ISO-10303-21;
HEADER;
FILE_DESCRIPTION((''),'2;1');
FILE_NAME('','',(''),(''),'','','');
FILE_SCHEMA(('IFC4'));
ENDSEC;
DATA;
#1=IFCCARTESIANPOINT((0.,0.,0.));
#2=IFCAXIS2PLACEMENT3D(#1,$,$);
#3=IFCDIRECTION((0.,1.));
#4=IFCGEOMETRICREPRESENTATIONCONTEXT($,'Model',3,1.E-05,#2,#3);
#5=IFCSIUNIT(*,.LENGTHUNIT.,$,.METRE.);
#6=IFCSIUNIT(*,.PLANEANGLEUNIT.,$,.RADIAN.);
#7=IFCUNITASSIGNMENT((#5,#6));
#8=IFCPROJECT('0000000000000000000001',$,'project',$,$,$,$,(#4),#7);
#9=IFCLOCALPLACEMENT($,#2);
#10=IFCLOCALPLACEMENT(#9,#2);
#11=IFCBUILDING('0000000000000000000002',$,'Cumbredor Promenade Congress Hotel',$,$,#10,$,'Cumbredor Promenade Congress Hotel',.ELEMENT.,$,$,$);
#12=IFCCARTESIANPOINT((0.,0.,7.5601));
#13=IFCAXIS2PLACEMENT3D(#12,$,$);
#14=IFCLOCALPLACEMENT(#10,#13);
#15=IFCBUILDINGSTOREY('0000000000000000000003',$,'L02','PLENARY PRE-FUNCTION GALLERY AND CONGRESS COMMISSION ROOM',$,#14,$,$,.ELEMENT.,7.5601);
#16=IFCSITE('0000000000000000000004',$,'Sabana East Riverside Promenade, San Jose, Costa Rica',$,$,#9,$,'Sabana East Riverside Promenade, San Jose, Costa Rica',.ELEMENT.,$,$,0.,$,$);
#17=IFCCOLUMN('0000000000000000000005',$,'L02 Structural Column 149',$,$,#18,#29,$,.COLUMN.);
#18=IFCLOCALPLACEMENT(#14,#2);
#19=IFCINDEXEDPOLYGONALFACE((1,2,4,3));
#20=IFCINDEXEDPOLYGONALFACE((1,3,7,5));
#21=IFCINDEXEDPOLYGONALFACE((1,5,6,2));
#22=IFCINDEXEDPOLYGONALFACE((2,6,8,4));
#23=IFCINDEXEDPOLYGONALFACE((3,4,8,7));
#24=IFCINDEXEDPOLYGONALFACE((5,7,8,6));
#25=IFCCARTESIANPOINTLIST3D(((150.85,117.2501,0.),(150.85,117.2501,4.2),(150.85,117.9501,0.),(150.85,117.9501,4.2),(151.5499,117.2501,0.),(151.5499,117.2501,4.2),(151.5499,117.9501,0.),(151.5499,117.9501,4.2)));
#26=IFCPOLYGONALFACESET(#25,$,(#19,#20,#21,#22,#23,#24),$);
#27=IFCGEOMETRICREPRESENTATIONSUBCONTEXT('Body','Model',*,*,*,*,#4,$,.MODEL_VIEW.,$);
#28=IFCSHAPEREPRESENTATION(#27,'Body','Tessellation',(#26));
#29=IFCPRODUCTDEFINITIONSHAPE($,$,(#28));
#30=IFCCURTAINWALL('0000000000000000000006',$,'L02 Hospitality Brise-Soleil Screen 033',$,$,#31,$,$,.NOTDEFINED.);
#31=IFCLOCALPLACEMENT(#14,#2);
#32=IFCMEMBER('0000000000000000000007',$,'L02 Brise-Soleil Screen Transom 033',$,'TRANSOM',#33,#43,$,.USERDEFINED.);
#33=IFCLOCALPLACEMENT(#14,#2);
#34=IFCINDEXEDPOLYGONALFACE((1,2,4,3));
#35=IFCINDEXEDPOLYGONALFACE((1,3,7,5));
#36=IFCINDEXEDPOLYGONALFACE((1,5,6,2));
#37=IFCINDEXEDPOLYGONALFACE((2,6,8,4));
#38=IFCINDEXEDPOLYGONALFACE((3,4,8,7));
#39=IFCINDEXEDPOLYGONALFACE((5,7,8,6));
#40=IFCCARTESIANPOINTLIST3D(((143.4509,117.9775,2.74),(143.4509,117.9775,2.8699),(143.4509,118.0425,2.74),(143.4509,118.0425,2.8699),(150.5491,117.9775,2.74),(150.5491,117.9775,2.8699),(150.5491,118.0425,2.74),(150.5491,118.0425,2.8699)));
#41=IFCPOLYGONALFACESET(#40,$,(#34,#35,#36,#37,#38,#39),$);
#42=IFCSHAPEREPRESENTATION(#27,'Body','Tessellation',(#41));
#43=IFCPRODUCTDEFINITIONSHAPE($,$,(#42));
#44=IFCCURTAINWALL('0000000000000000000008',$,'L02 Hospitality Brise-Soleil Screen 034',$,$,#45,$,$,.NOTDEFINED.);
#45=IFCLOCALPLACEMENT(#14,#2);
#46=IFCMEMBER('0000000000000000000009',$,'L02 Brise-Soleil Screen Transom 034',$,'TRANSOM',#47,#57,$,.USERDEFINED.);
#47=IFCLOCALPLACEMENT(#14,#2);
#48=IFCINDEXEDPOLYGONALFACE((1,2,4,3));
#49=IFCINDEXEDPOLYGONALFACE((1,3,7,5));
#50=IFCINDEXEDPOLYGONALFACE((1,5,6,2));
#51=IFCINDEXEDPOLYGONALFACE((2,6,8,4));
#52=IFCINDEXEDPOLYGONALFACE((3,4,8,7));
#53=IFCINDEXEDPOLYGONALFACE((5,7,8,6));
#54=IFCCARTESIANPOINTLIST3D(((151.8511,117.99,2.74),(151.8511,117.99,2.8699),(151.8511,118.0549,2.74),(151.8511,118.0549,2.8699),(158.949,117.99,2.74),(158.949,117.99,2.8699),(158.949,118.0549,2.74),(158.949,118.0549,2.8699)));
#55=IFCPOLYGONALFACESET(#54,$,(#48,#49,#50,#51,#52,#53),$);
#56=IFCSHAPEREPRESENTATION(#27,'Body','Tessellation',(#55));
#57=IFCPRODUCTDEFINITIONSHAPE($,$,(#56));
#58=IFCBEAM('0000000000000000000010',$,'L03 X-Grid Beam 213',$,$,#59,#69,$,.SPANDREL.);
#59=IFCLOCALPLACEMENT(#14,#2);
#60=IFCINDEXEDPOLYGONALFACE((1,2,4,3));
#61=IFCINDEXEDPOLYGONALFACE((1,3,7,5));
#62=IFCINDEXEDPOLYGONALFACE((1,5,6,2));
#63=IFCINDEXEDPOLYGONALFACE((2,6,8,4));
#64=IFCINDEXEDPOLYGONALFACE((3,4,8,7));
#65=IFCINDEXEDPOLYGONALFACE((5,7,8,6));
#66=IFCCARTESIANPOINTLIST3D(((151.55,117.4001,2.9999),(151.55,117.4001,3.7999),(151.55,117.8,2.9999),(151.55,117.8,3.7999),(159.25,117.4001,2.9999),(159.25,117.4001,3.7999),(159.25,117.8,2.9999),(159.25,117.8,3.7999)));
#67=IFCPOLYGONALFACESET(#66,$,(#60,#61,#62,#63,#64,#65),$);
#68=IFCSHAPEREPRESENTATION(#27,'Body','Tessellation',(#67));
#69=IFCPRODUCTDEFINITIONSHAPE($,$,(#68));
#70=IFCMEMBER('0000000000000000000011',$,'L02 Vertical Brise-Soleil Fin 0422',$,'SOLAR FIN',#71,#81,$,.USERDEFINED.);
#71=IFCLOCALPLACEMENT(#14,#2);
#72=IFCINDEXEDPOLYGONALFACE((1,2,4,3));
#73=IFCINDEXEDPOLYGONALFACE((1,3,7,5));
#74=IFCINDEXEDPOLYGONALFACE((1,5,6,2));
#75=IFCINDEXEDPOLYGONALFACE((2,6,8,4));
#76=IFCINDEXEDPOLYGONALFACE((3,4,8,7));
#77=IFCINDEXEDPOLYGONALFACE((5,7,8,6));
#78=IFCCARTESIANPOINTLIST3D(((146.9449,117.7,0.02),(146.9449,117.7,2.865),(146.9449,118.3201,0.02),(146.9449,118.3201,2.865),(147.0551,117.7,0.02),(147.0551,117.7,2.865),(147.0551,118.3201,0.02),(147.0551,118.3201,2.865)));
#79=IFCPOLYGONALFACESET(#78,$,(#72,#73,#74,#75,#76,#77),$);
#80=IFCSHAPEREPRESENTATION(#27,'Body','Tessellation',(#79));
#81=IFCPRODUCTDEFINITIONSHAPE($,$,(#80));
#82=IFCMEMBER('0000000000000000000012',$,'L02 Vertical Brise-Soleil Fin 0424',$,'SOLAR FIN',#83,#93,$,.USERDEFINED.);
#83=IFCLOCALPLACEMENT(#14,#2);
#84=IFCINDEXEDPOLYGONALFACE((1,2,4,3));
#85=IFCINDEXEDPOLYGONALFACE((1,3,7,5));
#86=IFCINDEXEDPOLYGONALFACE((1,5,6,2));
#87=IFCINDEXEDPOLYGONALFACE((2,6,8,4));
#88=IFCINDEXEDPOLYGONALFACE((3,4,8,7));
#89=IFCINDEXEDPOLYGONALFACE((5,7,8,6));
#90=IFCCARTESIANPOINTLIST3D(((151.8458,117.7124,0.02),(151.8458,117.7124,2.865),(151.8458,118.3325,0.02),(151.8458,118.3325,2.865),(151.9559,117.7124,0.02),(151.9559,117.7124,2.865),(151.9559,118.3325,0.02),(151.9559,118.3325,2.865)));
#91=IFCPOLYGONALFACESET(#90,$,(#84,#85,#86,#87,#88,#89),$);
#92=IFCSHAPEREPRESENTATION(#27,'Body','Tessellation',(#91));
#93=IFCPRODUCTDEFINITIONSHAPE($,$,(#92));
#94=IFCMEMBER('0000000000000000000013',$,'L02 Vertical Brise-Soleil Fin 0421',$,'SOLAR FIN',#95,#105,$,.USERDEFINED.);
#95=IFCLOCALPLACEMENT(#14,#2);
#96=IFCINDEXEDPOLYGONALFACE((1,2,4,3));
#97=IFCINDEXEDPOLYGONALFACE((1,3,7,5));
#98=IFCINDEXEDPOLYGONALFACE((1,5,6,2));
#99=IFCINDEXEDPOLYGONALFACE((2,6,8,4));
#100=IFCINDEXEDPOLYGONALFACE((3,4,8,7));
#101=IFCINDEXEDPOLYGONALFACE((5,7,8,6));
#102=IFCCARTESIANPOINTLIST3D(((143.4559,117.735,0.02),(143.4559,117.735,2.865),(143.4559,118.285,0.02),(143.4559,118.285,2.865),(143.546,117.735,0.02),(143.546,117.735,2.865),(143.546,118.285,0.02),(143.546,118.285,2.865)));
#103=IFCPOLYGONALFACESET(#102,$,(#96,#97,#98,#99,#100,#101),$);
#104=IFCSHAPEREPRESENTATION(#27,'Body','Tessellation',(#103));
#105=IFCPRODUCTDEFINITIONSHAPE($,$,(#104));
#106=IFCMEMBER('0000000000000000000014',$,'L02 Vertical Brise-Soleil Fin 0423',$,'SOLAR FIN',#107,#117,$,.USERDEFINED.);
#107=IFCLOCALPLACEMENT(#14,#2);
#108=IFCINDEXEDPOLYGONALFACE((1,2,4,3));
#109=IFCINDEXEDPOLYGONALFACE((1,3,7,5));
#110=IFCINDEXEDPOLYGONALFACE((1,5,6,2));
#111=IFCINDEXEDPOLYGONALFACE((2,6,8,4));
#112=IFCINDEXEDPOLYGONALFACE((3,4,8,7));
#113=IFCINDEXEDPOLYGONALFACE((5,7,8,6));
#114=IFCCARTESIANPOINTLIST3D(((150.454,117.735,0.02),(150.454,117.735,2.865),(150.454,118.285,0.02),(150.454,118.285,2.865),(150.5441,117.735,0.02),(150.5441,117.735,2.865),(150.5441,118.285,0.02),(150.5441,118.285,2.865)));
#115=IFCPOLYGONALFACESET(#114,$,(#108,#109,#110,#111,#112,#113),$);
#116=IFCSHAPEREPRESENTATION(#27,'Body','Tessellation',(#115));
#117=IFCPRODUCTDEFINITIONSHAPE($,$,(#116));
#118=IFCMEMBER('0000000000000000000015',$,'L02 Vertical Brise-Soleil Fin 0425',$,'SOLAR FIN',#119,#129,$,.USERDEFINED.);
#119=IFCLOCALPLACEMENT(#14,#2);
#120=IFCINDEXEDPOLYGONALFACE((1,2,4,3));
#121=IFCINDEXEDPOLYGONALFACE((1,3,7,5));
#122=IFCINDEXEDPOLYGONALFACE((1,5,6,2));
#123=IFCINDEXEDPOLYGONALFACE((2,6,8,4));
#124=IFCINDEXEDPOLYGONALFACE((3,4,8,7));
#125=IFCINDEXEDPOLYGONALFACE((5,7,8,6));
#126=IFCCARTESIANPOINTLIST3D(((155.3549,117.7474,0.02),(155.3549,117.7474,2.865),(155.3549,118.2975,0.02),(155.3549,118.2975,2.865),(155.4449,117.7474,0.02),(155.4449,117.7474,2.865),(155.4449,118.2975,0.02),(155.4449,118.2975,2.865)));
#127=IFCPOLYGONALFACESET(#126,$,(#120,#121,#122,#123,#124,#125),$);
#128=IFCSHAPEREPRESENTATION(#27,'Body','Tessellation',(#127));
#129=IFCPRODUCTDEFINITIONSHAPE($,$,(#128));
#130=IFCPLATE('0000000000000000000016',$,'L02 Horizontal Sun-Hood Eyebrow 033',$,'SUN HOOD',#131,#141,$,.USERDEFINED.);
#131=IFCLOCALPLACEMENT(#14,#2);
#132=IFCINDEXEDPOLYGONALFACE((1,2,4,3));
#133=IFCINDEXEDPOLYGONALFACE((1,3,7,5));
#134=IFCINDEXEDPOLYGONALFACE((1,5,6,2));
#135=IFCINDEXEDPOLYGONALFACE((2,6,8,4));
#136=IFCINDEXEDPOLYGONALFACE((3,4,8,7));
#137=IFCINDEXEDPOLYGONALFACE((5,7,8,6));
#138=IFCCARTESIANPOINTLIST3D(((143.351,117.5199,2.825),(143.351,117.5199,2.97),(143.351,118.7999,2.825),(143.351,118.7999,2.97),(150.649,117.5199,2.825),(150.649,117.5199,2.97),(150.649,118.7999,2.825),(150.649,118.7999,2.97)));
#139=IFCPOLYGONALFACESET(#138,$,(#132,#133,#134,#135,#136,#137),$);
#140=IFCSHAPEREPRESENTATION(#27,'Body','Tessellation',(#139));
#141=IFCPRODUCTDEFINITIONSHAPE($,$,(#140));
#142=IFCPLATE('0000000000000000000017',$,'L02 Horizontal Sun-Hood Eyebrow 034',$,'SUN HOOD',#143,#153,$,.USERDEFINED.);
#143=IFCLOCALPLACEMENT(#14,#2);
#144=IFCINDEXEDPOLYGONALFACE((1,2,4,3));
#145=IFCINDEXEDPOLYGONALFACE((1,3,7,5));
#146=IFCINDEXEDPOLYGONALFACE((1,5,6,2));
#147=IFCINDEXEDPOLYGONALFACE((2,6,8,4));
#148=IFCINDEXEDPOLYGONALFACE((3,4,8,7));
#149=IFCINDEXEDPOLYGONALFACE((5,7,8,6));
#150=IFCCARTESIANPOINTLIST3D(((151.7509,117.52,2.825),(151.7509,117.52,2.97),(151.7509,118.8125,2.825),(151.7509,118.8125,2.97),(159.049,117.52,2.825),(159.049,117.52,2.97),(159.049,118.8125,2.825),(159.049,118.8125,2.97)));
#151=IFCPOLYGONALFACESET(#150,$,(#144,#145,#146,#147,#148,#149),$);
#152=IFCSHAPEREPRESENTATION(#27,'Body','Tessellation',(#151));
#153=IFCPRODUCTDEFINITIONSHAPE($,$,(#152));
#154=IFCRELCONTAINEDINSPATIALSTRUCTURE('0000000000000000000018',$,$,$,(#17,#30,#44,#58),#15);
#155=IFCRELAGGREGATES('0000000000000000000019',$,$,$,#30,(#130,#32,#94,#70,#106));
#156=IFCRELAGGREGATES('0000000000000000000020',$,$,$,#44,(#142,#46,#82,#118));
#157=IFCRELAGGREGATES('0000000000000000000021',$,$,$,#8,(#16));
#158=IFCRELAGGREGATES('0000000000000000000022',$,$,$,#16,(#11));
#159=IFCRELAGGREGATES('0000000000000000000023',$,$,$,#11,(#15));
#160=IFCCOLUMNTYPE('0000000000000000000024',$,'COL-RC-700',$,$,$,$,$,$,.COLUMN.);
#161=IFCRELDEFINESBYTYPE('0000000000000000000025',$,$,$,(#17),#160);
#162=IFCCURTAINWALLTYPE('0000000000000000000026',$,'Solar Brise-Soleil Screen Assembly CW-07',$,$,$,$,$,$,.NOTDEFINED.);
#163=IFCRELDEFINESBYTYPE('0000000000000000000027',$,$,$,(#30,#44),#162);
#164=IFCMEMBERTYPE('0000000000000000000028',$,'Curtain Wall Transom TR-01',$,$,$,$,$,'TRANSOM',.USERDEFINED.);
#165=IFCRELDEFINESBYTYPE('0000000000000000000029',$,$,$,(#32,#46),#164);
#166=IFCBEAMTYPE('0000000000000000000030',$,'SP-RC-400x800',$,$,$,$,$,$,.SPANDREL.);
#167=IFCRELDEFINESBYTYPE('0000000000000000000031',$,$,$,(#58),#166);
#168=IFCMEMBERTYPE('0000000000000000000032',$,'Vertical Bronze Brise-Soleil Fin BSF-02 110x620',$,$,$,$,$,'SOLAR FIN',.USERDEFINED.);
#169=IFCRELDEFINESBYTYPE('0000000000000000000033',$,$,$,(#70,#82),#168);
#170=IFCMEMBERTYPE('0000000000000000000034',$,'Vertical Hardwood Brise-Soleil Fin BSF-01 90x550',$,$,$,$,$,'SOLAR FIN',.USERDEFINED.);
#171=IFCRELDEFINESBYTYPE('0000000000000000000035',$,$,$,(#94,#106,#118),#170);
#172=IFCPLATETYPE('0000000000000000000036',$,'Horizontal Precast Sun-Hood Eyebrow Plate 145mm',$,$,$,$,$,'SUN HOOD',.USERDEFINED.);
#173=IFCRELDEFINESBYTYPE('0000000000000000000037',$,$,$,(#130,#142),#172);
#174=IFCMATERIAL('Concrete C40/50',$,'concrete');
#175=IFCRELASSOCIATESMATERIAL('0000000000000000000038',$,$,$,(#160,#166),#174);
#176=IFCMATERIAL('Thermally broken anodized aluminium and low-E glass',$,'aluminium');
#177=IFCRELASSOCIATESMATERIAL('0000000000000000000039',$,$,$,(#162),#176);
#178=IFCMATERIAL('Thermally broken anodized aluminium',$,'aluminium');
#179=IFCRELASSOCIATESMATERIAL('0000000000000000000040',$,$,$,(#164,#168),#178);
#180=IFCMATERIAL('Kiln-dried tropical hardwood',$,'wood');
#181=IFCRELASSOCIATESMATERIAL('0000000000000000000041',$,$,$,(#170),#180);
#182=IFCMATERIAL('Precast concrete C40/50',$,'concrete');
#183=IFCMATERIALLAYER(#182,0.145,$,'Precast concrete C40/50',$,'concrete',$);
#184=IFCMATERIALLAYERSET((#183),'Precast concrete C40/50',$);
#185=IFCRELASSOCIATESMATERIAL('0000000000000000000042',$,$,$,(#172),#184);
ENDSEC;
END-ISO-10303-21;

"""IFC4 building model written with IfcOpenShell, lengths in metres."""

from ifc_helpers import new_model, si_unit, direction, frame, origin, origin_2d, place, context, subcontext, project, spatial, rectangle, extrude, material, layer, layer_set, material_profile, profile_set, type_object, element, aggregate, save


model = new_model("IFC4")

# Units and contexts
model_context = context("Model", 3, precision=1e-05, world=origin(), true_north=direction((0.0, 1.0)))
body_context = subcontext(model_context, "Body", "Model", "MODEL_VIEW")
ifc_project = project(units=[si_unit("LENGTHUNIT", "METRE"), si_unit("PLANEANGLEUNIT", "RADIAN")], contexts=[model_context])

# Site, building, storey
site_placement = place(None, origin())
site = spatial("IfcSite", under=ifc_project, at=site_placement, Name="Sabana East Riverside Promenade, San Jose, Costa Rica", LongName="Sabana East Riverside Promenade, San Jose, Costa Rica", CompositionType="ELEMENT", RefElevation=0.0)
building_placement = place(site_placement, origin())
building = spatial("IfcBuilding", under=site, at=building_placement, Name="Cumbredor Promenade Congress Hotel", LongName="Cumbredor Promenade Congress Hotel", CompositionType="ELEMENT")
storey_placement = place(building_placement, frame((0.0, 0.0, 7.5601)))
storey = spatial("IfcBuildingStorey", under=building, at=storey_placement, Name="L02", Description="PLENARY PRE-FUNCTION GALLERY AND CONGRESS COMMISSION ROOM", CompositionType="ELEMENT", Elevation=7.5601)

# Column
ifc_material_1 = material(Name="Concrete C40/50", Category="concrete")
ifc_material_profile_1 = material_profile(ifc_material_1, rectangle(XDim=0.7, YDim=0.7, at=origin_2d()), Name="RC 700x700")
ifc_profile_set_1 = profile_set([ifc_material_profile_1], Name="Concrete C40/50")
column_type = type_object("IfcColumnType", Name="COL-RC-700", PredefinedType="COLUMN", material=ifc_profile_set_1)
column_placement = place(storey_placement, frame((151.2, 117.6001, 0.0), z_axis=(0.0, 0.0, 1.0), x_axis=(1.0, 0.0, 0.0)))
element("IfcColumn", 1, at=column_placement, inside=storey, type_object=column_type, Name="L02 Structural Column 149", PredefinedType="COLUMN", context=body_context, shape_type="SweptSolid", body=[
    extrude(rectangle(XDim=0.7, YDim=0.7, at=origin_2d()), origin(), (0.0, 0.0, 1.0), 4.2),
])

# Curtain walls, members
ifc_material_2 = material(Name="Thermally broken anodized aluminium and low-E glass", Category="aluminium")
curtain_wall_type = type_object("IfcCurtainWallType", Name="Solar Brise-Soleil Screen Assembly CW-07", PredefinedType="NOTDEFINED", material=ifc_material_2)
curtain_wall_1_placement = place(storey_placement, origin())
curtain_wall_1 = element("IfcCurtainWall", 2, at=curtain_wall_1_placement, inside=storey, type_object=curtain_wall_type, Name="L02 Hospitality Brise-Soleil Screen 033", PredefinedType="NOTDEFINED")
ifc_material_3 = material(Name="Thermally broken anodized aluminium", Category="aluminium")
ifc_material_profile_2 = material_profile(ifc_material_3, rectangle(XDim=0.0649, YDim=0.1299, at=origin_2d()), Name="ALU TRANSOM 65x130")
ifc_profile_set_2 = profile_set([ifc_material_profile_2], Name="Thermally broken anodized aluminium")
member_type_1 = type_object("IfcMemberType", Name="Curtain Wall Transom TR-01", ElementType="TRANSOM", PredefinedType="USERDEFINED", material=ifc_profile_set_2)
member_1_placement = place(storey_placement, frame((143.4509, 118.01, 2.8049), z_axis=(1.0, 0.0, 0.0), x_axis=(0.0, 1.0, 0.0)))
member_1 = element("IfcMember", 3, at=member_1_placement, type_object=member_type_1, Name="L02 Brise-Soleil Screen Transom 033", ObjectType="TRANSOM", PredefinedType="USERDEFINED", context=body_context, shape_type="SweptSolid", body=[
    extrude(rectangle(XDim=0.0649, YDim=0.1299, at=origin_2d()), origin(), (0.0, 0.0, 1.0), 7.0981),
])
curtain_wall_2_placement = place(storey_placement, origin())
curtain_wall_2 = element("IfcCurtainWall", 4, at=curtain_wall_2_placement, inside=storey, type_object=curtain_wall_type, Name="L02 Hospitality Brise-Soleil Screen 034", PredefinedType="NOTDEFINED")
member_2_placement = place(storey_placement, frame((151.8511, 118.0225, 2.8049), z_axis=(1.0, 0.0, 0.0), x_axis=(0.0, 1.0, 0.0)))
member_2 = element("IfcMember", 5, at=member_2_placement, type_object=member_type_1, Name="L02 Brise-Soleil Screen Transom 034", ObjectType="TRANSOM", PredefinedType="USERDEFINED", context=body_context, shape_type="SweptSolid", body=[
    extrude(rectangle(XDim=0.0649, YDim=0.1299, at=origin_2d()), origin(), (0.0, 0.0, 1.0), 7.0979),
])

# Beam
ifc_material_profile_3 = material_profile(ifc_material_1, rectangle(XDim=0.3999, YDim=0.8, at=origin_2d()), Name="RC SPANDREL 400x800")
ifc_profile_set_3 = profile_set([ifc_material_profile_3], Name="Concrete C40/50")
beam_type = type_object("IfcBeamType", Name="SP-RC-400x800", PredefinedType="SPANDREL", material=ifc_profile_set_3)
beam_placement = place(storey_placement, frame((151.55, 117.6001, 3.3999), z_axis=(1.0, 0.0, 0.0), x_axis=(0.0, 1.0, 0.0)))
element("IfcBeam", 6, at=beam_placement, inside=storey, type_object=beam_type, Name="L03 X-Grid Beam 213", PredefinedType="SPANDREL", context=body_context, shape_type="SweptSolid", body=[
    extrude(rectangle(XDim=0.3999, YDim=0.8, at=origin_2d()), origin(), (0.0, 0.0, 1.0), 7.7),
])

# Members
ifc_material_profile_4 = material_profile(ifc_material_3, rectangle(XDim=0.1101, YDim=0.6201, at=origin_2d()), Name="ARCH FIN 110x620")
ifc_profile_set_4 = profile_set([ifc_material_profile_4], Name="Thermally broken anodized aluminium")
member_type_2 = type_object("IfcMemberType", Name="Vertical Bronze Brise-Soleil Fin BSF-02 110x620", ElementType="SOLAR FIN", PredefinedType="USERDEFINED", material=ifc_profile_set_4)
member_3_placement = place(storey_placement, frame((147.0, 118.01, 0.02), z_axis=(0.0, 0.0, 1.0), x_axis=(1.0, 0.0, 0.0)))
member_3 = element("IfcMember", 7, at=member_3_placement, type_object=member_type_2, Name="L02 Vertical Brise-Soleil Fin 0422", ObjectType="SOLAR FIN", PredefinedType="USERDEFINED", context=body_context, shape_type="SweptSolid", body=[
    extrude(rectangle(XDim=0.1101, YDim=0.6201, at=origin_2d()), origin(), (0.0, 0.0, 1.0), 2.845),
])
member_4_placement = place(storey_placement, frame((151.9009, 118.0225, 0.02), z_axis=(0.0, 0.0, 1.0), x_axis=(1.0, 0.0, 0.0)))
member_4 = element("IfcMember", 8, at=member_4_placement, type_object=member_type_2, Name="L02 Vertical Brise-Soleil Fin 0424", ObjectType="SOLAR FIN", PredefinedType="USERDEFINED", context=body_context, shape_type="SweptSolid", body=[
    extrude(rectangle(XDim=0.1101, YDim=0.6201, at=origin_2d()), origin(), (0.0, 0.0, 1.0), 2.845),
])
ifc_material_4 = material(Name="Kiln-dried tropical hardwood", Category="wood")
ifc_material_profile_5 = material_profile(ifc_material_4, rectangle(XDim=0.0901, YDim=0.55, at=origin_2d()), Name="ARCH FIN 90x550")
ifc_profile_set_5 = profile_set([ifc_material_profile_5], Name="Kiln-dried tropical hardwood")
member_type_3 = type_object("IfcMemberType", Name="Vertical Hardwood Brise-Soleil Fin BSF-01 90x550", ElementType="SOLAR FIN", PredefinedType="USERDEFINED", material=ifc_profile_set_5)
member_5_placement = place(storey_placement, frame((143.501, 118.01, 0.02), z_axis=(0.0, 0.0, 1.0), x_axis=(1.0, 0.0, 0.0)))
member_5 = element("IfcMember", 9, at=member_5_placement, type_object=member_type_3, Name="L02 Vertical Brise-Soleil Fin 0421", ObjectType="SOLAR FIN", PredefinedType="USERDEFINED", context=body_context, shape_type="SweptSolid", body=[
    extrude(rectangle(XDim=0.0901, YDim=0.55, at=origin_2d()), origin(), (0.0, 0.0, 1.0), 2.845),
])
member_6_placement = place(storey_placement, frame((150.499, 118.01, 0.02), z_axis=(0.0, 0.0, 1.0), x_axis=(1.0, 0.0, 0.0)))
member_6 = element("IfcMember", 10, at=member_6_placement, type_object=member_type_3, Name="L02 Vertical Brise-Soleil Fin 0423", ObjectType="SOLAR FIN", PredefinedType="USERDEFINED", context=body_context, shape_type="SweptSolid", body=[
    extrude(rectangle(XDim=0.0901, YDim=0.55, at=origin_2d()), origin(), (0.0, 0.0, 1.0), 2.845),
])
member_7_placement = place(storey_placement, frame((155.3999, 118.0225, 0.02), z_axis=(0.0, 0.0, 1.0), x_axis=(1.0, 0.0, 0.0)))
member_7 = element("IfcMember", 11, at=member_7_placement, type_object=member_type_3, Name="L02 Vertical Brise-Soleil Fin 0425", ObjectType="SOLAR FIN", PredefinedType="USERDEFINED", context=body_context, shape_type="SweptSolid", body=[
    extrude(rectangle(XDim=0.0901, YDim=0.55, at=origin_2d()), origin(), (0.0, 0.0, 1.0), 2.845),
])

# Plates
ifc_material_5 = material(Name="Precast concrete C40/50", Category="concrete")
ifc_layer_1 = layer(ifc_material_5, 0.145, Name="Precast concrete C40/50", Category="concrete")
ifc_layer_set_1 = layer_set([ifc_layer_1], Name="Precast concrete C40/50")
plate_type = type_object("IfcPlateType", Name="Horizontal Precast Sun-Hood Eyebrow Plate 145mm", ElementType="SUN HOOD", PredefinedType="USERDEFINED", material=ifc_layer_set_1)
plate_1_placement = place(storey_placement, frame((147.0, 118.1599, 2.825), z_axis=(0.0, 0.0, 1.0), x_axis=(1.0, 0.0, 0.0)))
plate_1 = element("IfcPlate", 12, at=plate_1_placement, type_object=plate_type, Name="L02 Horizontal Sun-Hood Eyebrow 033", ObjectType="SUN HOOD", PredefinedType="USERDEFINED", context=body_context, shape_type="SweptSolid", body=[
    extrude(rectangle(XDim=7.2981, YDim=1.28, at=origin_2d()), origin(), (0.0, 0.0, 1.0), 0.145),
])
aggregate(curtain_wall_1, [plate_1, member_1, member_5, member_3, member_6])
plate_2_placement = place(storey_placement, frame((155.3999, 118.1663, 2.825), z_axis=(0.0, 0.0, 1.0), x_axis=(1.0, 0.0, 0.0)))
plate_2 = element("IfcPlate", 13, at=plate_2_placement, type_object=plate_type, Name="L02 Horizontal Sun-Hood Eyebrow 034", ObjectType="SUN HOOD", PredefinedType="USERDEFINED", context=body_context, shape_type="SweptSolid", body=[
    extrude(rectangle(XDim=7.2981, YDim=1.2925, at=origin_2d()), origin(), (0.0, 0.0, 1.0), 0.145),
])
aggregate(curtain_wall_2, [plate_2, member_2, member_4, member_7])

save(model, "model.ifc")
